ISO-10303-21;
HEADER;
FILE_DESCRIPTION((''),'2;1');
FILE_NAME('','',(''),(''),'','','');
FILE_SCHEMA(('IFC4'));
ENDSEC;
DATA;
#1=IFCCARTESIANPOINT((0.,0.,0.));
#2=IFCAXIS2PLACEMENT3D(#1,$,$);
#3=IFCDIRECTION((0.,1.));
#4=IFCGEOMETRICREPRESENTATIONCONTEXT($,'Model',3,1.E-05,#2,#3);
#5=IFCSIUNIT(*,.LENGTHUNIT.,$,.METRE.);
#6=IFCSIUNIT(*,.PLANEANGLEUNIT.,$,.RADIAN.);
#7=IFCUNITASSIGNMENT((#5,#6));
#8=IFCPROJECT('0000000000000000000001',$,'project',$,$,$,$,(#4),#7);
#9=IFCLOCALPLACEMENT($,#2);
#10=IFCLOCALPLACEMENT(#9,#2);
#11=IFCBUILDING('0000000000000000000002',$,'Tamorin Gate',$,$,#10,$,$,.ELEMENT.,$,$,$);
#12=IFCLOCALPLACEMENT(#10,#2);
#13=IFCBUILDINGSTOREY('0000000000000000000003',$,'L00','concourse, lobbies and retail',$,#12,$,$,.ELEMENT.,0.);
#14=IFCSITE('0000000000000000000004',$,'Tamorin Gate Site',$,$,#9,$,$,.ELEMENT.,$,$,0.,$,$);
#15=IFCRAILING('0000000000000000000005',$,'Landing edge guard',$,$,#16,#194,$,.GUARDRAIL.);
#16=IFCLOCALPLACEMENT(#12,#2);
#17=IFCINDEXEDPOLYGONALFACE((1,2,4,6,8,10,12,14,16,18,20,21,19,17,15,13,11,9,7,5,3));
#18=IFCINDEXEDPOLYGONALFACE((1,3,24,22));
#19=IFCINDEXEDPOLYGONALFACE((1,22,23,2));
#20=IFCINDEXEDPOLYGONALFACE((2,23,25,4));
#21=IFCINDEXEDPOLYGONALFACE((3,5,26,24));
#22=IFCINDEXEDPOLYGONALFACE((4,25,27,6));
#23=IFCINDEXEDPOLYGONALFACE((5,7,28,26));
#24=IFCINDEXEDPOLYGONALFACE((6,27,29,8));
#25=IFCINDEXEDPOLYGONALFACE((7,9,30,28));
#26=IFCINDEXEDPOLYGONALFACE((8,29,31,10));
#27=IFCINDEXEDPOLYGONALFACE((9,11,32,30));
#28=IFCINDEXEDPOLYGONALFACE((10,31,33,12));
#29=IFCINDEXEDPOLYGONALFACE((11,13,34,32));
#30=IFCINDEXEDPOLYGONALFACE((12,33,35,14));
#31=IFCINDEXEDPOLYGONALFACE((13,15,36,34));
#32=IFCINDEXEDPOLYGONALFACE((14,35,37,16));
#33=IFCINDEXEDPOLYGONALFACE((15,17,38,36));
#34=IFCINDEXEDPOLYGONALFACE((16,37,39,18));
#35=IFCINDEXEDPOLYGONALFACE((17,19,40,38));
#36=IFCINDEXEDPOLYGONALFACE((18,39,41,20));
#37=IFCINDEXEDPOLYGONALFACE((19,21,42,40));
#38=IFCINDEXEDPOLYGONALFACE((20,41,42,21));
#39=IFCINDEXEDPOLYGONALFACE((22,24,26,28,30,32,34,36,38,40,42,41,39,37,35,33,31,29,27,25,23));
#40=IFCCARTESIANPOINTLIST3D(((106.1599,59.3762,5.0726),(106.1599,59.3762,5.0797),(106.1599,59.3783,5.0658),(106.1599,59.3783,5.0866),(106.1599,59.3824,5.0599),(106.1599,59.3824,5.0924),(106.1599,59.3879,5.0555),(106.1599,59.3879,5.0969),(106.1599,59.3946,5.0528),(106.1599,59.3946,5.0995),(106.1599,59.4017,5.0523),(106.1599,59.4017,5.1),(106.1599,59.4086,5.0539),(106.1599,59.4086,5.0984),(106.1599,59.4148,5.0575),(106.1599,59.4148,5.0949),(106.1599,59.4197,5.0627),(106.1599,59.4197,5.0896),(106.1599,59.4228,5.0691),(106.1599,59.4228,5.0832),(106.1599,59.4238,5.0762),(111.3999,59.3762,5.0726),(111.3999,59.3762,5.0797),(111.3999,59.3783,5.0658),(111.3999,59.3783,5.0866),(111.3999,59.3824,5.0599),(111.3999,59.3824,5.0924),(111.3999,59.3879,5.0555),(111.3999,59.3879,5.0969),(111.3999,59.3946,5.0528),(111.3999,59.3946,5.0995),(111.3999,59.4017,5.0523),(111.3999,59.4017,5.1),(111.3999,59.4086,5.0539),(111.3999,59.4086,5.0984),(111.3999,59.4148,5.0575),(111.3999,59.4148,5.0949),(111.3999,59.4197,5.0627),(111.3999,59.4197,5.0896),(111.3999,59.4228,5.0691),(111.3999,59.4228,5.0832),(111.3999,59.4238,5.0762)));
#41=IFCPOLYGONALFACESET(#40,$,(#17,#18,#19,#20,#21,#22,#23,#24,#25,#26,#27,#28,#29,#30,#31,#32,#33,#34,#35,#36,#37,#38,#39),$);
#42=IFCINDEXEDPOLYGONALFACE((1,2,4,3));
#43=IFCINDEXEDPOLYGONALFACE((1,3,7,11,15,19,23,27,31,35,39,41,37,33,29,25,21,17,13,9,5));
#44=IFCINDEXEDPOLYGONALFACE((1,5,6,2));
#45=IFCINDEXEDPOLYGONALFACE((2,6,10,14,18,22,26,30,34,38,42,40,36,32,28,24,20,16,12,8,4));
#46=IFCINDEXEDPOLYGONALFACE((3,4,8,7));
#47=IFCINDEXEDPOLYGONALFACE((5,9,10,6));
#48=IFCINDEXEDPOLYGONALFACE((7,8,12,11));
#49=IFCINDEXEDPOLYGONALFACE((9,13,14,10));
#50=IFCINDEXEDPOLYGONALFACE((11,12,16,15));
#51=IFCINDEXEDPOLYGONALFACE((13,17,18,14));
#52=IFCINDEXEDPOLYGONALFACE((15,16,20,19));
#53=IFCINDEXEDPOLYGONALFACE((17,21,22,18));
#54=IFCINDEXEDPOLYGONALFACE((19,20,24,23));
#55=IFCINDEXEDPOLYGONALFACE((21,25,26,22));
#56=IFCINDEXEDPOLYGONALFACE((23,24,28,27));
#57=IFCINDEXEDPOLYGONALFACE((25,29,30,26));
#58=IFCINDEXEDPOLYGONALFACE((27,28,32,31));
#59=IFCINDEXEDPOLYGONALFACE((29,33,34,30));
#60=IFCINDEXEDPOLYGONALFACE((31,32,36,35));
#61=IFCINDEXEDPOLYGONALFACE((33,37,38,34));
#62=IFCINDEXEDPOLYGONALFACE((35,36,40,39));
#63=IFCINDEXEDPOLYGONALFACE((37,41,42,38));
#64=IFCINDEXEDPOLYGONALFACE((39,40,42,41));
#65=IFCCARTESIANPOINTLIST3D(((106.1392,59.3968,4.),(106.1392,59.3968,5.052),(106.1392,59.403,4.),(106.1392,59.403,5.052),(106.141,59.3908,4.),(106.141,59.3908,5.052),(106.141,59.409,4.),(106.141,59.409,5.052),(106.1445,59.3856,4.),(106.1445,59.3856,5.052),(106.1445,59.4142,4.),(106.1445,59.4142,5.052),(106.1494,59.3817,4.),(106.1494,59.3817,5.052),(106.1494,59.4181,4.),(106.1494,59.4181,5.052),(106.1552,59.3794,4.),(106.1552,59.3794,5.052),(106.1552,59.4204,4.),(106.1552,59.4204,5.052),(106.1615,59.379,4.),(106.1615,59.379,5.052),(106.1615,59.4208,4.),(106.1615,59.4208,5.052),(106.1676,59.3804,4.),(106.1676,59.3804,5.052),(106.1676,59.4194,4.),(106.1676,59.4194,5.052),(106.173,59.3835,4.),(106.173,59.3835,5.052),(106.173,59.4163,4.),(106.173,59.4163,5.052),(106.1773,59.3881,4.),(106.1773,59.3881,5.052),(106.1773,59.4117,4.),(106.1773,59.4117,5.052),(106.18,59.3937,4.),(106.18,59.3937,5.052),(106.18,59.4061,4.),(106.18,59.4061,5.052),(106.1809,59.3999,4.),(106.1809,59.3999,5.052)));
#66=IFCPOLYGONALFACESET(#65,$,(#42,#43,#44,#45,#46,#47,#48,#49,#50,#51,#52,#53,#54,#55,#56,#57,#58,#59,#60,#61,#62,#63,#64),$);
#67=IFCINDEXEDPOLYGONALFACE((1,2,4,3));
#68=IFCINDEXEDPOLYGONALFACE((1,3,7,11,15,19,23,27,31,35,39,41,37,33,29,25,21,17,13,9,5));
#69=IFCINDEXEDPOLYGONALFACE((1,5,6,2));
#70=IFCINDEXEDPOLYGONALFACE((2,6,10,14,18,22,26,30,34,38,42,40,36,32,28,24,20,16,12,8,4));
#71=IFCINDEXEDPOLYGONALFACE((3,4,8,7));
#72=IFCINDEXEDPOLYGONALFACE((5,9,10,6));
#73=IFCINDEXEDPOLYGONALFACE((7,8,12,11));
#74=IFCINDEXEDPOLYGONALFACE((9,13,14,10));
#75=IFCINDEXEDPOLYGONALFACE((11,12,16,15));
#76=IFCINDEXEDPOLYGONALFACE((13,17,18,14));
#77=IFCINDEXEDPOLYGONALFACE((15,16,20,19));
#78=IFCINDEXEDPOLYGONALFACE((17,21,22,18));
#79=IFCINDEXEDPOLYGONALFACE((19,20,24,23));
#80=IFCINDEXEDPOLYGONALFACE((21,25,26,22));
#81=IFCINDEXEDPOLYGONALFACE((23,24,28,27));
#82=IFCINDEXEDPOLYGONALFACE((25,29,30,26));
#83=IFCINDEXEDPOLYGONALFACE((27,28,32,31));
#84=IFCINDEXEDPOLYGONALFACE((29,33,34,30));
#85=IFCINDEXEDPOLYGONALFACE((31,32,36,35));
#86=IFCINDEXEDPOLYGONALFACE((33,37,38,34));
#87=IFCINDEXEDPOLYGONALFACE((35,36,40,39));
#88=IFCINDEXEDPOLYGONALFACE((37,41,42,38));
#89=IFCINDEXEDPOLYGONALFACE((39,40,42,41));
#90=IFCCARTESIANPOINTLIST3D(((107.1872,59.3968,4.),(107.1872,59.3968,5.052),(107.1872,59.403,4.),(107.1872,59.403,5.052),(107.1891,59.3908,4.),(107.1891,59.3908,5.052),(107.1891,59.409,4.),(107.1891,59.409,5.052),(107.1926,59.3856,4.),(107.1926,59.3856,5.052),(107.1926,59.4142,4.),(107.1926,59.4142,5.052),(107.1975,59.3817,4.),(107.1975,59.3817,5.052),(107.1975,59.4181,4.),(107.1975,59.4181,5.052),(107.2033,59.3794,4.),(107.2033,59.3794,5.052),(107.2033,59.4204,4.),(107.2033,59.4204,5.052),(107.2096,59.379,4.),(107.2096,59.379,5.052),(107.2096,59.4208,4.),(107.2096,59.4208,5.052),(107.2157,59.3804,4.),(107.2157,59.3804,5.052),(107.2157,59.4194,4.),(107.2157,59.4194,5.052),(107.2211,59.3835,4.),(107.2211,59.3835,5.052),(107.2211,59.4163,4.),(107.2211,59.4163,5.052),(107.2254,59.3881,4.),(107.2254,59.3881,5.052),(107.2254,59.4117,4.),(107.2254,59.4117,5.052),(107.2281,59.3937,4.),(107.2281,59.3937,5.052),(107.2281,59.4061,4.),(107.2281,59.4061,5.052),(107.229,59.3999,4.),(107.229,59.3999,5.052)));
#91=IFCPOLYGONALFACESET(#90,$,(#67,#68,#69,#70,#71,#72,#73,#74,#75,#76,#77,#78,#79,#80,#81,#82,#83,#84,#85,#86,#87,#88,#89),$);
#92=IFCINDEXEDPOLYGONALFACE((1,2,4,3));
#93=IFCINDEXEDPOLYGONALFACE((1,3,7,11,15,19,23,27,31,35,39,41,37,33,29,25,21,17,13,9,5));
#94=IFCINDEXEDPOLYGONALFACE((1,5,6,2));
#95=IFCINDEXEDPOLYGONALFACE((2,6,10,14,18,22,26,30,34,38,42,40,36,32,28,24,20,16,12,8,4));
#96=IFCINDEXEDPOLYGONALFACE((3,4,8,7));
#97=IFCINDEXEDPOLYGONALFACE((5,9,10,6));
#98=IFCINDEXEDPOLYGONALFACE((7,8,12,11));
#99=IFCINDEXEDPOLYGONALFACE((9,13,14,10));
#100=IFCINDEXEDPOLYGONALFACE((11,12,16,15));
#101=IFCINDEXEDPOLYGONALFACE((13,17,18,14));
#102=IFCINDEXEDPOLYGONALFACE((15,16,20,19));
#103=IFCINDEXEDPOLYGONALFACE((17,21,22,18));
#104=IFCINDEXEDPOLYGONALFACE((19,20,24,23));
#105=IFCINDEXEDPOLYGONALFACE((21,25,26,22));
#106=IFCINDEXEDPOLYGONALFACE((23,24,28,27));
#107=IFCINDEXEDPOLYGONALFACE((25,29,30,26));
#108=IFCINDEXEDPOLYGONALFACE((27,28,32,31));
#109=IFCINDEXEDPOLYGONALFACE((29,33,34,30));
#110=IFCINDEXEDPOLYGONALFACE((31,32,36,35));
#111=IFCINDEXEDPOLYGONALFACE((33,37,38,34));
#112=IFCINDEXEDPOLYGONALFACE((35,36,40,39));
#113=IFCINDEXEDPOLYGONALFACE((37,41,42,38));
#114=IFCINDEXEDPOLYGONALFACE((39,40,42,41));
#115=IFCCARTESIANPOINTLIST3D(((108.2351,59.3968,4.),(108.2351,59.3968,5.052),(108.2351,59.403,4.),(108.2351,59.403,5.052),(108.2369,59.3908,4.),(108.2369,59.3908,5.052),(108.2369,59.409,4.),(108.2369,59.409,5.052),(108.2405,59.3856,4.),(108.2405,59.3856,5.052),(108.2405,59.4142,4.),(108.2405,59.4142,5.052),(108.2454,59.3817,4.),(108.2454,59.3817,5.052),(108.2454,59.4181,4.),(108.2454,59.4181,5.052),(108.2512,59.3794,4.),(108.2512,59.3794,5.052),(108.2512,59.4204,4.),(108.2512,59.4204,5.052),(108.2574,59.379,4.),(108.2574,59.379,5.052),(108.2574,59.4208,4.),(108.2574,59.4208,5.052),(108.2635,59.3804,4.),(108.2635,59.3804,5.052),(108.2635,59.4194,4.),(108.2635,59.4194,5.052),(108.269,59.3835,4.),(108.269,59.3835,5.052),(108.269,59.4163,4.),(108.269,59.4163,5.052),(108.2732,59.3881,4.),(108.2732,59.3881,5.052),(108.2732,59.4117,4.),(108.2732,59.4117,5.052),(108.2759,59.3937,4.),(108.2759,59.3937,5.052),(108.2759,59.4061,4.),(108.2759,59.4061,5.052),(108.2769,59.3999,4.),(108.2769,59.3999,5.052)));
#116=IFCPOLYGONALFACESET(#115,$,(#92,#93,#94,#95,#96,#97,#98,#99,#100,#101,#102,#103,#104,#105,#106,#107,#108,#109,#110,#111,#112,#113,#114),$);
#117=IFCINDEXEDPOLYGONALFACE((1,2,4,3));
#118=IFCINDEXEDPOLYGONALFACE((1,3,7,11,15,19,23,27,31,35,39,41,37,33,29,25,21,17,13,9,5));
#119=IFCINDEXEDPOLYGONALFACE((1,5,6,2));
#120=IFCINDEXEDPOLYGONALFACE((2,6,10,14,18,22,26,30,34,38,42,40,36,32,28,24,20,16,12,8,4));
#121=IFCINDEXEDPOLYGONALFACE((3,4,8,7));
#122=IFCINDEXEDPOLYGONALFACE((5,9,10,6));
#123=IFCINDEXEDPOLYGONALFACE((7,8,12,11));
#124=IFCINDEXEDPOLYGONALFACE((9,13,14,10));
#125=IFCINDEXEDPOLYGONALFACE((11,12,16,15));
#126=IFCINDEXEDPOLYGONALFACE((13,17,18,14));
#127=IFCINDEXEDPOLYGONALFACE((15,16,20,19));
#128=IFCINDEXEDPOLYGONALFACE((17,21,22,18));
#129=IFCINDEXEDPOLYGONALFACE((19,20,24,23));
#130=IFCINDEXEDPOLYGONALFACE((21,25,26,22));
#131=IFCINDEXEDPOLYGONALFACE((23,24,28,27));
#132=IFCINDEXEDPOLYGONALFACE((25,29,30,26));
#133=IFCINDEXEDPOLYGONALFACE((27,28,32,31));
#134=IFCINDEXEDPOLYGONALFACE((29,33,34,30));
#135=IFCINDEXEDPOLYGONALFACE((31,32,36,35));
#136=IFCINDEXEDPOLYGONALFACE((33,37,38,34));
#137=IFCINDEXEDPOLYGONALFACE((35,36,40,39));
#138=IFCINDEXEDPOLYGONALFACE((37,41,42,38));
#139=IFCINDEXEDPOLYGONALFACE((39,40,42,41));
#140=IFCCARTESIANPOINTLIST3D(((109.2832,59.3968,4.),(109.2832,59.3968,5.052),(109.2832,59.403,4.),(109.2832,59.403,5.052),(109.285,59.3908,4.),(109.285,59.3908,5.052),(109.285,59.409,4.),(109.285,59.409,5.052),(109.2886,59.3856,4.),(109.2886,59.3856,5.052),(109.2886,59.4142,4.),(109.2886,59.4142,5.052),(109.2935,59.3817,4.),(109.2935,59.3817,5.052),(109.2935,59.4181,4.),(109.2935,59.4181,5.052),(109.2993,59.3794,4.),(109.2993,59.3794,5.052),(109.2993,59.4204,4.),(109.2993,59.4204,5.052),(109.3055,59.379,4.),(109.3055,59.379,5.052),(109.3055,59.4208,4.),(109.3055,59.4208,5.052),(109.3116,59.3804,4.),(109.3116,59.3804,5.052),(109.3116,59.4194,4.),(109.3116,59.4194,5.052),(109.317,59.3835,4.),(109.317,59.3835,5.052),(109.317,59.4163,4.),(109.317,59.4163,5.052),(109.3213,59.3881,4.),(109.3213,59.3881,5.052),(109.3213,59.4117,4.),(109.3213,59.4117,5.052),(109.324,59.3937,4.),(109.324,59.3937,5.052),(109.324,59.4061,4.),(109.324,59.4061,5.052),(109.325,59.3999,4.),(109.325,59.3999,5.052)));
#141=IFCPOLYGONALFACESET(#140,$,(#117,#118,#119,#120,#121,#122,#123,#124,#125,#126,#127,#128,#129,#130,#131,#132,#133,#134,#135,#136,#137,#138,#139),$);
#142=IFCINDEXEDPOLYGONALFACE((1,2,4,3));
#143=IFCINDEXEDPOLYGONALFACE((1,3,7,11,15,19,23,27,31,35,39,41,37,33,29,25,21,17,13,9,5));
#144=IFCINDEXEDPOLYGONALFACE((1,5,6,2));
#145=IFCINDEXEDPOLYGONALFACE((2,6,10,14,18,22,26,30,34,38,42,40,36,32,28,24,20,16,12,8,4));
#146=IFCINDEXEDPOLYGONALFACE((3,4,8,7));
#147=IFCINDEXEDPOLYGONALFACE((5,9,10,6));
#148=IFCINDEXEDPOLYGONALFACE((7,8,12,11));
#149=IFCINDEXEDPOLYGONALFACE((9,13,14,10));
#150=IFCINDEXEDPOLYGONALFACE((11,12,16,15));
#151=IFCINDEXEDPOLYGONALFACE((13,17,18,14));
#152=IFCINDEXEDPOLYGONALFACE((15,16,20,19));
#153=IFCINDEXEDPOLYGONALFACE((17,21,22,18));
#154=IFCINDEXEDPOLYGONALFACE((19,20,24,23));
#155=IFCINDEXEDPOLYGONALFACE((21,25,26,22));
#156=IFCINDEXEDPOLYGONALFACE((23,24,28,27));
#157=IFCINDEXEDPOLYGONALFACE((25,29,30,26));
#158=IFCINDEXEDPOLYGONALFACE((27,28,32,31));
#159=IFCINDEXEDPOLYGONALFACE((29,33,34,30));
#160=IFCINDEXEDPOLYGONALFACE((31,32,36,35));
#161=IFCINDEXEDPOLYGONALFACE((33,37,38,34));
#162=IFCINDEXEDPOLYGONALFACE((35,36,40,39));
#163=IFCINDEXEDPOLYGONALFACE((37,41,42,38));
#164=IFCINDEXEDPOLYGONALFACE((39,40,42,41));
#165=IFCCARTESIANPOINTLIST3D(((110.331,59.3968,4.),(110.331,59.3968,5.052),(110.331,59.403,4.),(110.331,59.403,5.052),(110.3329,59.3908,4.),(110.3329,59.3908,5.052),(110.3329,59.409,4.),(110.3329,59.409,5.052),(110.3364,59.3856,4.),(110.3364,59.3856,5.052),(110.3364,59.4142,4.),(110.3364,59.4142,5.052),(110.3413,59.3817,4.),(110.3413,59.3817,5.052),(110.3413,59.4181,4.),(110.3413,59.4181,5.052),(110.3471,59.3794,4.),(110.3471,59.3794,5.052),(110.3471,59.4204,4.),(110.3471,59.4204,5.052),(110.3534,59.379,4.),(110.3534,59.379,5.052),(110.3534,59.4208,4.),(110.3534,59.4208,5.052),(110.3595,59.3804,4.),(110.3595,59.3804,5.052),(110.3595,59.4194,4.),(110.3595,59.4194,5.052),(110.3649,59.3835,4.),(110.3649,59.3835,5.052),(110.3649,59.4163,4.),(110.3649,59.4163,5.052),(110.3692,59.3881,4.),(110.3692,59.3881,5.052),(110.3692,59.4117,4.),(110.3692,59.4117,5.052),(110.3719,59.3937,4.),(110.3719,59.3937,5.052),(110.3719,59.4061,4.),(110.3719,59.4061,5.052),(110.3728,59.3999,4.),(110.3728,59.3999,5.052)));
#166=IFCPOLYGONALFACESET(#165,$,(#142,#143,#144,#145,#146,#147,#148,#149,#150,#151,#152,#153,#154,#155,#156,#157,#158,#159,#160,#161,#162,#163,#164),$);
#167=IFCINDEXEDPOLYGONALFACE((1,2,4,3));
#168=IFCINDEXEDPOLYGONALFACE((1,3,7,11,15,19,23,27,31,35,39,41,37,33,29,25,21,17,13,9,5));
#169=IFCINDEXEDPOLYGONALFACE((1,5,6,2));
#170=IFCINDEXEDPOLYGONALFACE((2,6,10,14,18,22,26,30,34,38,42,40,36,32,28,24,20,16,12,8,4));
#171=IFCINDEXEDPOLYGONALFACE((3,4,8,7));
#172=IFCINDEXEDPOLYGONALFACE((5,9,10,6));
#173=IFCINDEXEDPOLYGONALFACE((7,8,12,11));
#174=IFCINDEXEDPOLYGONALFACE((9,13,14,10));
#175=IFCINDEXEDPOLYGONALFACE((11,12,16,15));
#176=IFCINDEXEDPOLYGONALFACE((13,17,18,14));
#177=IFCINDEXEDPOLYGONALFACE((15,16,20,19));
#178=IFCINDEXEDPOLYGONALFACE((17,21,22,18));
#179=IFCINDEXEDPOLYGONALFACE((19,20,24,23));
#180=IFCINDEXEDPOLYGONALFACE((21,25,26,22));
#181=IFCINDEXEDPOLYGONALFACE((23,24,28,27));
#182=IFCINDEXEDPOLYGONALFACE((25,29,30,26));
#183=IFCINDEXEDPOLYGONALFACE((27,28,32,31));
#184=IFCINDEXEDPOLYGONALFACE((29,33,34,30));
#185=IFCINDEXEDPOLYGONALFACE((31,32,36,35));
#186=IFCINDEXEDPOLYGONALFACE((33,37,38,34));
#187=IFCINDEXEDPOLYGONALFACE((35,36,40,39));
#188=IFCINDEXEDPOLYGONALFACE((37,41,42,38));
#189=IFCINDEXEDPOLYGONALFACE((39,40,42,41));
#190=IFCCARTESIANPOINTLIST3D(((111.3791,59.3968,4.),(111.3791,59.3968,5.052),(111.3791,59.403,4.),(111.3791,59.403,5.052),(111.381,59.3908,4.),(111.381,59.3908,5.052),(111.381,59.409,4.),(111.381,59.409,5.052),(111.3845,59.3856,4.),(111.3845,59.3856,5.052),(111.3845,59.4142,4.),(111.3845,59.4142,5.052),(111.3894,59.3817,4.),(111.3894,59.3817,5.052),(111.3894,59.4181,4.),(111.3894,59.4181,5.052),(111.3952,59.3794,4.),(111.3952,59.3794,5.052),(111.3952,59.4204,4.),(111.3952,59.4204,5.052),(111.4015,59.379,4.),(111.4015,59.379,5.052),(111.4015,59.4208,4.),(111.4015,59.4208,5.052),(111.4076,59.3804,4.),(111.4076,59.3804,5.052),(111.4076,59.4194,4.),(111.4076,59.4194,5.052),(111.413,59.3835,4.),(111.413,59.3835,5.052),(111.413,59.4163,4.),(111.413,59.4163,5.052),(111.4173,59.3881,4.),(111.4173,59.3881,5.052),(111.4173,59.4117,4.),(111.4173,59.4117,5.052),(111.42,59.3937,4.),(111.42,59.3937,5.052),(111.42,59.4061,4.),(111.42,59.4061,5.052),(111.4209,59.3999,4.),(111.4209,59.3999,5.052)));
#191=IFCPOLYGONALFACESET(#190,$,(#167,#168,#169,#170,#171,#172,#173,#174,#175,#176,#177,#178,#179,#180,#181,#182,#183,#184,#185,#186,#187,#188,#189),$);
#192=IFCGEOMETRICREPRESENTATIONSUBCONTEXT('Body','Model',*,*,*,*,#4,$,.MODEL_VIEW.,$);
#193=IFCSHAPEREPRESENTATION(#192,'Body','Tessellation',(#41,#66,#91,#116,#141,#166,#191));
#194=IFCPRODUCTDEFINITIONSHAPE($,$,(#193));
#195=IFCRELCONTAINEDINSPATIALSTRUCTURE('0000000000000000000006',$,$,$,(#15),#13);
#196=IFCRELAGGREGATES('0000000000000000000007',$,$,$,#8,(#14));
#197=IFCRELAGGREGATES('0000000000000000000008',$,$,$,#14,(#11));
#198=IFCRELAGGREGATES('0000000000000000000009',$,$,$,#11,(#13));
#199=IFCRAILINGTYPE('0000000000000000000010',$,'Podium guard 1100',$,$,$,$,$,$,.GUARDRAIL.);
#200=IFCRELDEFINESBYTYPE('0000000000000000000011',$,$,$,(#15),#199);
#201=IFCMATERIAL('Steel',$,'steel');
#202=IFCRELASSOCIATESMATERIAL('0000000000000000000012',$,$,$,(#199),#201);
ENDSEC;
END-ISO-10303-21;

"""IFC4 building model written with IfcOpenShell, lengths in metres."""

from ifc_helpers import new_model, si_unit, direction, frame, origin, origin_2d, place, context, subcontext, project, spatial, circle, extrude, material, type_object, element, save


model = new_model("IFC4")

# Units and contexts
model_context = context("Model", 3, precision=1e-05, world=origin(), true_north=direction((0.0, 1.0)))
body_context = subcontext(model_context, "Body", "Model", "MODEL_VIEW")
ifc_project = project(units=[si_unit("LENGTHUNIT", "METRE"), si_unit("PLANEANGLEUNIT", "RADIAN")], contexts=[model_context])

# Site, building, storey
site_placement = place(None, origin())
site = spatial("IfcSite", under=ifc_project, at=site_placement, Name="Tamorin Gate Site", CompositionType="ELEMENT", RefElevation=0.0)
building_placement = place(site_placement, origin())
building = spatial("IfcBuilding", under=site, at=building_placement, Name="Tamorin Gate", CompositionType="ELEMENT")
storey_placement = place(building_placement, origin())
storey = spatial("IfcBuildingStorey", under=building, at=storey_placement, Name="L00", Description="concourse, lobbies and retail", CompositionType="ELEMENT", Elevation=0.0)

# Railing
ifc_material_1 = material(Name="Steel", Category="steel")
railing_type_1 = type_object("IfcRailingType", Name="Podium guard 1100", PredefinedType="GUARDRAIL", material=ifc_material_1)
for number, where, name in (
    (1, (106.1599, 59.3999, 4.0), "Landing edge guard"),
):
    element("IfcRailing", number, at=place(storey_placement, frame(where)), inside=storey, type_object=railing_type_1, Name=name, PredefinedType="GUARDRAIL", context=body_context, shape_type="SweptSolid", body=[
        extrude(circle(Radius=0.0239, at=origin_2d()), frame((0.0, 0.0, 1.0762), z_axis=(1.0, 0.0, 0.0), x_axis=(0.0, 1.0, 0.0)), (0.0, 0.0, 1.0), 5.24),
        extrude(circle(Radius=0.021, at=origin_2d()), origin(), (0.0, 0.0, 1.0), 1.052),
        extrude(circle(Radius=0.021, at=origin_2d()), frame((1.0481, 0.0, 0.0)), (0.0, 0.0, 1.0), 1.052),
        extrude(circle(Radius=0.021, at=origin_2d()), frame((2.0959, 0.0, 0.0)), (0.0, 0.0, 1.0), 1.052),
        extrude(circle(Radius=0.021, at=origin_2d()), frame((3.144, 0.0, 0.0)), (0.0, 0.0, 1.0), 1.052),
        extrude(circle(Radius=0.021, at=origin_2d()), frame((4.1919, 0.0, 0.0)), (0.0, 0.0, 1.0), 1.052),
        extrude(circle(Radius=0.021, at=origin_2d()), frame((5.24, 0.0, 0.0)), (0.0, 0.0, 1.0), 1.052),
    ])

save(model, "model.ifc")
